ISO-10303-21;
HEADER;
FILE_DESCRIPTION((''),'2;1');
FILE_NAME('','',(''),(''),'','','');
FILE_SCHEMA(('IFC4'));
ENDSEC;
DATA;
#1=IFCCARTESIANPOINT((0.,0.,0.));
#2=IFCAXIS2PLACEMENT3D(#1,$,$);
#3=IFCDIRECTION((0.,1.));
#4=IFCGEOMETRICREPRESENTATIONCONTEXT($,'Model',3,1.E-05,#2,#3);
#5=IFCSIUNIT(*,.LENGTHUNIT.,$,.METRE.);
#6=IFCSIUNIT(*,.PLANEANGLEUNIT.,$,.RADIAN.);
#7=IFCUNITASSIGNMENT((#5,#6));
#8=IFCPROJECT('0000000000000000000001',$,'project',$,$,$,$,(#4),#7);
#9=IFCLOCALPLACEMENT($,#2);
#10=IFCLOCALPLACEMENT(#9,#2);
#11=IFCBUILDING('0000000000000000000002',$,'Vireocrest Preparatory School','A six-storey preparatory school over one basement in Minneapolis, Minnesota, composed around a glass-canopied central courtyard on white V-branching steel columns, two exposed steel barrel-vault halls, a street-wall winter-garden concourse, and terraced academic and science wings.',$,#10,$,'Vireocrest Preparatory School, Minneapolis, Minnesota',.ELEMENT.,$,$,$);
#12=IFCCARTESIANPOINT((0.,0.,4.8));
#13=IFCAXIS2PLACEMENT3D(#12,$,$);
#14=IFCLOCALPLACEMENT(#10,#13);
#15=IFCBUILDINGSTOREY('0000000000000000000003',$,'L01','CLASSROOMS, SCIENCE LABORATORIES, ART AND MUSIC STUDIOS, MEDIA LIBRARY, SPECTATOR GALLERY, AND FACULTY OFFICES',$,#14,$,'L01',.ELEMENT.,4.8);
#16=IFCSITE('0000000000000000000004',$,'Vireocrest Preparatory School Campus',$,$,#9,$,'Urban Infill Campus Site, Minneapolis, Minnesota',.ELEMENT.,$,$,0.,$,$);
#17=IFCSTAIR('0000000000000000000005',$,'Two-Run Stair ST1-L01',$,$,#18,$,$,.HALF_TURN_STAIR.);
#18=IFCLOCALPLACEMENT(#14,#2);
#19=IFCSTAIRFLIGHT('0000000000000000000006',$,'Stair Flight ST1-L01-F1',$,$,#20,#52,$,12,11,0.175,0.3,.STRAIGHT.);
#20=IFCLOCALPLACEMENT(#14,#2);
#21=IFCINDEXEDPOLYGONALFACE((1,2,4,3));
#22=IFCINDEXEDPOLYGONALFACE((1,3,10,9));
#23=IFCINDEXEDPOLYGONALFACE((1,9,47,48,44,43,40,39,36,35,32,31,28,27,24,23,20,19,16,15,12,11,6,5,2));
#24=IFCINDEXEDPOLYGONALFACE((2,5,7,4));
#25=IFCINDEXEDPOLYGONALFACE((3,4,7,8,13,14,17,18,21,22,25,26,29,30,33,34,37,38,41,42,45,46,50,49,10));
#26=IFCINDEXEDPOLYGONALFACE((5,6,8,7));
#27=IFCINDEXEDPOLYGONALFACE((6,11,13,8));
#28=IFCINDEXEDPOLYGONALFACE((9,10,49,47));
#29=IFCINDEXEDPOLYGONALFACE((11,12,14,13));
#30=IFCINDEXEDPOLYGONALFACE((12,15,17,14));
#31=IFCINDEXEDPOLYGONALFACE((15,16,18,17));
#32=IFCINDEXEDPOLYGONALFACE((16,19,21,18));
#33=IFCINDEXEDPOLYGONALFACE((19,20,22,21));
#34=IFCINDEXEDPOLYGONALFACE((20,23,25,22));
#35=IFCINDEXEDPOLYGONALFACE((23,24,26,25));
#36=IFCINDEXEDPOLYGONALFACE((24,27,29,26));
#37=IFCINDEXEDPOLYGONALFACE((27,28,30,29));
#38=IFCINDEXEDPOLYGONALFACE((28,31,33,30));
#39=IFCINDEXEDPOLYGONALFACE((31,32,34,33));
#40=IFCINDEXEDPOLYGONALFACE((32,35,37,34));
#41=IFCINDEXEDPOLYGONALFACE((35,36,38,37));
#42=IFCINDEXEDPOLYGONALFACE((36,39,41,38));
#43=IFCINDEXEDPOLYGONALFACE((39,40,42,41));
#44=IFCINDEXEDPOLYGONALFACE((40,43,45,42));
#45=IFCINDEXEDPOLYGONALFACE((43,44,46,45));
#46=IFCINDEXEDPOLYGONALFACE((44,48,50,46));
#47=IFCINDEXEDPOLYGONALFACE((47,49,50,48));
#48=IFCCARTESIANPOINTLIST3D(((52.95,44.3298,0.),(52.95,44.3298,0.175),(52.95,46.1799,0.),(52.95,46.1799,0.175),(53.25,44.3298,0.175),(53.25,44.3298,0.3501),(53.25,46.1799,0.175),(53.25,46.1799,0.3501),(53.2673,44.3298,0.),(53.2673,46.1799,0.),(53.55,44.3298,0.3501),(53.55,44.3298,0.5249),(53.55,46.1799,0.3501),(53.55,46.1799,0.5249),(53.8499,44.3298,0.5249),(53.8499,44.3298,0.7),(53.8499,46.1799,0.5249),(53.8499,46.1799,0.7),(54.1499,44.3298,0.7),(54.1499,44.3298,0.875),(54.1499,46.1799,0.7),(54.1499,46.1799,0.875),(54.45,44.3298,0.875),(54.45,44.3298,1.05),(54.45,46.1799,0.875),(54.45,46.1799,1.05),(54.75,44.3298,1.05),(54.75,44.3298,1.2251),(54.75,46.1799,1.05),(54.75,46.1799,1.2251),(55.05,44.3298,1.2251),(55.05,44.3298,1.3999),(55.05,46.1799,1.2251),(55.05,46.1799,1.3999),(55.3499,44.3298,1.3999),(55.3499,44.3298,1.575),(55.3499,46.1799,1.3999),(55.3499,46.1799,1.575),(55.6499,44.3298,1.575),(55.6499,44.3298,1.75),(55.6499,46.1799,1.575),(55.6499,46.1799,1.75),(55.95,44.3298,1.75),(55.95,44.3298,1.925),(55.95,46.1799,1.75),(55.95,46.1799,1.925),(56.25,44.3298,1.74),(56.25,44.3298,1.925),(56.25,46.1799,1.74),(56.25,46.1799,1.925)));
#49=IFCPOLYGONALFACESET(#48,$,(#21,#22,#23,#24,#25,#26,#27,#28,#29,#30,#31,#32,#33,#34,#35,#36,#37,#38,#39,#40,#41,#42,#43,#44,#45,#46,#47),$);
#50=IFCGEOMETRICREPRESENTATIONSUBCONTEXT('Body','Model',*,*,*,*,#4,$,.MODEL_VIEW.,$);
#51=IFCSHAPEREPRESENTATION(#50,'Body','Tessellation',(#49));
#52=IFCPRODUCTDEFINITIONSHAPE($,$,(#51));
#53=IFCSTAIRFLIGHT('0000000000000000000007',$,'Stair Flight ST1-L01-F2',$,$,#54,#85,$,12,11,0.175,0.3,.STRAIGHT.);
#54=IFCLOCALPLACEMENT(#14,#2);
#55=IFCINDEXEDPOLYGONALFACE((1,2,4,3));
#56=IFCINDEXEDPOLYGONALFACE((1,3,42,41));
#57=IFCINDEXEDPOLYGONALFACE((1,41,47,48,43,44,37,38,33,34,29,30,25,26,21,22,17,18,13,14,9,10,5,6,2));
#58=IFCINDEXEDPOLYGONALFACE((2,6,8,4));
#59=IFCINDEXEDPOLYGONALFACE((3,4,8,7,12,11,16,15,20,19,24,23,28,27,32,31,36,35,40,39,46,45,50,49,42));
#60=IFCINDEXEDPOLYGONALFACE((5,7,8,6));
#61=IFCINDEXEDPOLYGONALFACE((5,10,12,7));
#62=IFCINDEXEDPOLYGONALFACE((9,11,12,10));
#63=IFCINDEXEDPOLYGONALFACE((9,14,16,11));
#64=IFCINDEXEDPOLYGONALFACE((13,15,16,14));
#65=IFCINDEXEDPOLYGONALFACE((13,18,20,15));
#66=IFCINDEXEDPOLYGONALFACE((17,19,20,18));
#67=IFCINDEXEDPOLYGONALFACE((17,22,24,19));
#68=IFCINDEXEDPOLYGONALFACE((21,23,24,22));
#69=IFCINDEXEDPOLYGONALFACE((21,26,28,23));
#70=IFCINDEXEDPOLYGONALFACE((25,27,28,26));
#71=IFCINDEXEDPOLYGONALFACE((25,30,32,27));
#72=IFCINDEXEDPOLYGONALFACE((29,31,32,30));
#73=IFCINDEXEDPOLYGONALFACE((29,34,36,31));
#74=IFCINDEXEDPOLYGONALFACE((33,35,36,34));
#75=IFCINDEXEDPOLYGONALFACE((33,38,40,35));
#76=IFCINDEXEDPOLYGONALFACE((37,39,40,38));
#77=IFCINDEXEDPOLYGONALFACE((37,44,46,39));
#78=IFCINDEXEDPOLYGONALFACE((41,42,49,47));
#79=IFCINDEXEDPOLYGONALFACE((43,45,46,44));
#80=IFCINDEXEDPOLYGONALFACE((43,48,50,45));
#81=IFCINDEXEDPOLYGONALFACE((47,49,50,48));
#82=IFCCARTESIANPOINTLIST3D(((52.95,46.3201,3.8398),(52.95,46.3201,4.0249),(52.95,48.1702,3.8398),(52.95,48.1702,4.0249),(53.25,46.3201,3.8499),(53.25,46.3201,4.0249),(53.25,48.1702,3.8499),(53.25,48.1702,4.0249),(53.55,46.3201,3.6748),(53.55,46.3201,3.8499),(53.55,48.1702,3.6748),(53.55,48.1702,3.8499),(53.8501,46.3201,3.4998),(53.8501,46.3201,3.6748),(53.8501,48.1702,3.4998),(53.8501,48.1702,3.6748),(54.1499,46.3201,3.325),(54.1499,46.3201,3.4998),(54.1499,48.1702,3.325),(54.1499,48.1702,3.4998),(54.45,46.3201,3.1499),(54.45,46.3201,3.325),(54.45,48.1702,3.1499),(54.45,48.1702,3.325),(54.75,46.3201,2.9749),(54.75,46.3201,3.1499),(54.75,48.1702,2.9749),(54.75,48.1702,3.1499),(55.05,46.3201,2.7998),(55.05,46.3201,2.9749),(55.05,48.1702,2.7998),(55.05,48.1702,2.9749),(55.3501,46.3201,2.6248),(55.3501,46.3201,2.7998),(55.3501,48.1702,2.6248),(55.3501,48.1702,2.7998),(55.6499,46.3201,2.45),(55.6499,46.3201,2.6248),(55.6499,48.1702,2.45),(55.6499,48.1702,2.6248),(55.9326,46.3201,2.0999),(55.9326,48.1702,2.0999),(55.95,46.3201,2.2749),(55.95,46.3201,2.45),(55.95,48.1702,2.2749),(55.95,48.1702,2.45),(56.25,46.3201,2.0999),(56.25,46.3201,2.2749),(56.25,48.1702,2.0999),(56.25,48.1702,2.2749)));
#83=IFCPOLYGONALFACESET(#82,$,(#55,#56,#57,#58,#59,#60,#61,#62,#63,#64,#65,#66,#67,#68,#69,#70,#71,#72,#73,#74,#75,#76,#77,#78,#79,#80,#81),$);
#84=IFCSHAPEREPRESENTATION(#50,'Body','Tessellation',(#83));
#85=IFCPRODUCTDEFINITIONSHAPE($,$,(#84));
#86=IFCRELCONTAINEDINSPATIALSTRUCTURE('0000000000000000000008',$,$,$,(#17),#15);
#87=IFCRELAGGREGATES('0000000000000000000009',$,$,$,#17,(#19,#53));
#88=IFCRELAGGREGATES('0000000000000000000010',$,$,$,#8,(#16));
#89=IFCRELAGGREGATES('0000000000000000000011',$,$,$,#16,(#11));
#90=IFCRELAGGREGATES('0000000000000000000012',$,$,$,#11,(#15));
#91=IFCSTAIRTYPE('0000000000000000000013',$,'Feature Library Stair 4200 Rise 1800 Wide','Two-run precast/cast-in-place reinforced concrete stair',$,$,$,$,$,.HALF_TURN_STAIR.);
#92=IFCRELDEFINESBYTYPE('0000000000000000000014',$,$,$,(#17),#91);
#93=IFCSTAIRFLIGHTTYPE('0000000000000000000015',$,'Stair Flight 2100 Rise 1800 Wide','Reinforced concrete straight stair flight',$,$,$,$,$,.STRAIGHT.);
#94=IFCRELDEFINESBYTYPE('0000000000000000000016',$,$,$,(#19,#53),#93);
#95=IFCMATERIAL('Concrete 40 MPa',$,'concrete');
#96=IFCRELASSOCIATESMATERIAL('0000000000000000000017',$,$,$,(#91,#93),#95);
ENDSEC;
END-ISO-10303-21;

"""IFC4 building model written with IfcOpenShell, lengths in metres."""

from ifc_helpers import new_model, si_unit, direction, frame, origin, place, context, subcontext, project, spatial, polyline, outline, extrude, material, type_object, element, aggregate, save


model = new_model("IFC4")

# Units and contexts
model_context = context("Model", 3, precision=1e-05, world=origin(), true_north=direction((0.0, 1.0)))
body_context = subcontext(model_context, "Body", "Model", "MODEL_VIEW")
ifc_project = project(units=[si_unit("LENGTHUNIT", "METRE"), si_unit("PLANEANGLEUNIT", "RADIAN")], contexts=[model_context])

# Site, building, storey
site_placement = place(None, origin())
site = spatial("IfcSite", under=ifc_project, at=site_placement, Name="Vireocrest Preparatory School Campus", LongName="Urban Infill Campus Site, Minneapolis, Minnesota", CompositionType="ELEMENT", RefElevation=0.0)
building_placement = place(site_placement, origin())
building = spatial("IfcBuilding", under=site, at=building_placement, Name="Vireocrest Preparatory School", Description="A six-storey preparatory school over one basement in Minneapolis, Minnesota, composed around a glass-canopied central courtyard on white V-branching steel columns, two exposed steel barrel-vault halls, a street-wall winter-garden concourse, and terraced academic and science wings.", LongName="Vireocrest Preparatory School, Minneapolis, Minnesota", CompositionType="ELEMENT")
storey_placement = place(building_placement, frame((0.0, 0.0, 4.8)))
storey = spatial("IfcBuildingStorey", under=building, at=storey_placement, Name="L01", Description="CLASSROOMS, SCIENCE LABORATORIES, ART AND MUSIC STUDIOS, MEDIA LIBRARY, SPECTATOR GALLERY, AND FACULTY OFFICES", LongName="L01", CompositionType="ELEMENT", Elevation=4.8)

# Shared definitions
ifc_material_1 = material(Name="Concrete 40 MPa", Category="concrete")

# Stair, stair flights
stair_type = type_object("IfcStairType", Name="Feature Library Stair 4200 Rise 1800 Wide", Description="Two-run precast/cast-in-place reinforced concrete stair", PredefinedType="HALF_TURN_STAIR", material=ifc_material_1)
stair_placement = place(storey_placement, origin())
stair = element("IfcStair", 1, at=stair_placement, inside=storey, type_object=stair_type, Name="Two-Run Stair ST1-L01", PredefinedType="HALF_TURN_STAIR")
stair_flight_type = type_object("IfcStairFlightType", Name="Stair Flight 2100 Rise 1800 Wide", Description="Reinforced concrete straight stair flight", PredefinedType="STRAIGHT", material=ifc_material_1)
stair_flight_1_placement = place(storey_placement, frame((52.95, 45.2549, 0.0), z_axis=(0.0, 0.0, 1.0), x_axis=(1.0, 0.0, 0.0)))
stair_flight_1 = element("IfcStairFlight", 2, at=stair_flight_1_placement, type_object=stair_flight_type, Name="Stair Flight ST1-L01-F1", NumberOfRisers=12, NumberOfTreads=11, PredefinedType="STRAIGHT", RiserHeight=0.175, TreadLength=0.3, context=body_context, shape_type="SweptSolid", body=[
    extrude(outline(polyline([(0.0, 0.0), (0.0, 0.175), (0.3, 0.175), (0.3, 0.3501), (0.6001, 0.3501), (0.6001, 0.5249), (0.8999, 0.5249), (0.8999, 0.7), (1.2, 0.7), (1.2, 0.875), (1.5, 0.875), (1.5, 1.05), (1.8, 1.05), (1.8, 1.2251), (2.1001, 1.2251), (2.1001, 1.3999), (2.3999, 1.3999), (2.3999, 1.575), (2.7, 1.575), (2.7, 1.75), (3.0, 1.75), (3.0, 1.925), (3.3, 1.925), (3.3, 2.1001), (3.3, 1.74), (0.3174, 0.0), (0.0, 0.0)])), frame((0.0, 0.925, 0.0), z_axis=(0.0, -1.0, 0.0), x_axis=(1.0, 0.0, 0.0)), (0.0, 0.0, 1.0), 1.8501),
])
stair_flight_2_placement = place(storey_placement, frame((56.25, 47.2451, 2.0999), z_axis=(0.0, 0.0, 1.0), x_axis=(-1.0, 0.0, 0.0)))
stair_flight_2 = element("IfcStairFlight", 3, at=stair_flight_2_placement, type_object=stair_flight_type, Name="Stair Flight ST1-L01-F2", NumberOfRisers=12, NumberOfTreads=11, PredefinedType="STRAIGHT", RiserHeight=0.175, TreadLength=0.3, context=body_context, shape_type="SweptSolid", body=[
    extrude(outline(polyline([(0.0, 0.0), (0.0, 0.175), (0.3, 0.175), (0.3, 0.3501), (0.6001, 0.3501), (0.6001, 0.5249), (0.8999, 0.5249), (0.8999, 0.7), (1.2, 0.7), (1.2, 0.875), (1.5, 0.875), (1.5, 1.05), (1.8, 1.05), (1.8, 1.2251), (2.1001, 1.2251), (2.1001, 1.3999), (2.3999, 1.3999), (2.3999, 1.575), (2.7, 1.575), (2.7, 1.75), (3.0, 1.75), (3.0, 1.925), (3.3, 1.925), (3.3, 2.1001), (3.3, 1.74), (0.3174, 0.0), (0.0, 0.0)])), frame((0.0, 0.925, 0.0), z_axis=(0.0, -1.0, 0.0), x_axis=(1.0, 0.0, 0.0)), (0.0, 0.0, 1.0), 1.8501),
])
aggregate(stair, [stair_flight_1, stair_flight_2])

save(model, "model.ifc")
